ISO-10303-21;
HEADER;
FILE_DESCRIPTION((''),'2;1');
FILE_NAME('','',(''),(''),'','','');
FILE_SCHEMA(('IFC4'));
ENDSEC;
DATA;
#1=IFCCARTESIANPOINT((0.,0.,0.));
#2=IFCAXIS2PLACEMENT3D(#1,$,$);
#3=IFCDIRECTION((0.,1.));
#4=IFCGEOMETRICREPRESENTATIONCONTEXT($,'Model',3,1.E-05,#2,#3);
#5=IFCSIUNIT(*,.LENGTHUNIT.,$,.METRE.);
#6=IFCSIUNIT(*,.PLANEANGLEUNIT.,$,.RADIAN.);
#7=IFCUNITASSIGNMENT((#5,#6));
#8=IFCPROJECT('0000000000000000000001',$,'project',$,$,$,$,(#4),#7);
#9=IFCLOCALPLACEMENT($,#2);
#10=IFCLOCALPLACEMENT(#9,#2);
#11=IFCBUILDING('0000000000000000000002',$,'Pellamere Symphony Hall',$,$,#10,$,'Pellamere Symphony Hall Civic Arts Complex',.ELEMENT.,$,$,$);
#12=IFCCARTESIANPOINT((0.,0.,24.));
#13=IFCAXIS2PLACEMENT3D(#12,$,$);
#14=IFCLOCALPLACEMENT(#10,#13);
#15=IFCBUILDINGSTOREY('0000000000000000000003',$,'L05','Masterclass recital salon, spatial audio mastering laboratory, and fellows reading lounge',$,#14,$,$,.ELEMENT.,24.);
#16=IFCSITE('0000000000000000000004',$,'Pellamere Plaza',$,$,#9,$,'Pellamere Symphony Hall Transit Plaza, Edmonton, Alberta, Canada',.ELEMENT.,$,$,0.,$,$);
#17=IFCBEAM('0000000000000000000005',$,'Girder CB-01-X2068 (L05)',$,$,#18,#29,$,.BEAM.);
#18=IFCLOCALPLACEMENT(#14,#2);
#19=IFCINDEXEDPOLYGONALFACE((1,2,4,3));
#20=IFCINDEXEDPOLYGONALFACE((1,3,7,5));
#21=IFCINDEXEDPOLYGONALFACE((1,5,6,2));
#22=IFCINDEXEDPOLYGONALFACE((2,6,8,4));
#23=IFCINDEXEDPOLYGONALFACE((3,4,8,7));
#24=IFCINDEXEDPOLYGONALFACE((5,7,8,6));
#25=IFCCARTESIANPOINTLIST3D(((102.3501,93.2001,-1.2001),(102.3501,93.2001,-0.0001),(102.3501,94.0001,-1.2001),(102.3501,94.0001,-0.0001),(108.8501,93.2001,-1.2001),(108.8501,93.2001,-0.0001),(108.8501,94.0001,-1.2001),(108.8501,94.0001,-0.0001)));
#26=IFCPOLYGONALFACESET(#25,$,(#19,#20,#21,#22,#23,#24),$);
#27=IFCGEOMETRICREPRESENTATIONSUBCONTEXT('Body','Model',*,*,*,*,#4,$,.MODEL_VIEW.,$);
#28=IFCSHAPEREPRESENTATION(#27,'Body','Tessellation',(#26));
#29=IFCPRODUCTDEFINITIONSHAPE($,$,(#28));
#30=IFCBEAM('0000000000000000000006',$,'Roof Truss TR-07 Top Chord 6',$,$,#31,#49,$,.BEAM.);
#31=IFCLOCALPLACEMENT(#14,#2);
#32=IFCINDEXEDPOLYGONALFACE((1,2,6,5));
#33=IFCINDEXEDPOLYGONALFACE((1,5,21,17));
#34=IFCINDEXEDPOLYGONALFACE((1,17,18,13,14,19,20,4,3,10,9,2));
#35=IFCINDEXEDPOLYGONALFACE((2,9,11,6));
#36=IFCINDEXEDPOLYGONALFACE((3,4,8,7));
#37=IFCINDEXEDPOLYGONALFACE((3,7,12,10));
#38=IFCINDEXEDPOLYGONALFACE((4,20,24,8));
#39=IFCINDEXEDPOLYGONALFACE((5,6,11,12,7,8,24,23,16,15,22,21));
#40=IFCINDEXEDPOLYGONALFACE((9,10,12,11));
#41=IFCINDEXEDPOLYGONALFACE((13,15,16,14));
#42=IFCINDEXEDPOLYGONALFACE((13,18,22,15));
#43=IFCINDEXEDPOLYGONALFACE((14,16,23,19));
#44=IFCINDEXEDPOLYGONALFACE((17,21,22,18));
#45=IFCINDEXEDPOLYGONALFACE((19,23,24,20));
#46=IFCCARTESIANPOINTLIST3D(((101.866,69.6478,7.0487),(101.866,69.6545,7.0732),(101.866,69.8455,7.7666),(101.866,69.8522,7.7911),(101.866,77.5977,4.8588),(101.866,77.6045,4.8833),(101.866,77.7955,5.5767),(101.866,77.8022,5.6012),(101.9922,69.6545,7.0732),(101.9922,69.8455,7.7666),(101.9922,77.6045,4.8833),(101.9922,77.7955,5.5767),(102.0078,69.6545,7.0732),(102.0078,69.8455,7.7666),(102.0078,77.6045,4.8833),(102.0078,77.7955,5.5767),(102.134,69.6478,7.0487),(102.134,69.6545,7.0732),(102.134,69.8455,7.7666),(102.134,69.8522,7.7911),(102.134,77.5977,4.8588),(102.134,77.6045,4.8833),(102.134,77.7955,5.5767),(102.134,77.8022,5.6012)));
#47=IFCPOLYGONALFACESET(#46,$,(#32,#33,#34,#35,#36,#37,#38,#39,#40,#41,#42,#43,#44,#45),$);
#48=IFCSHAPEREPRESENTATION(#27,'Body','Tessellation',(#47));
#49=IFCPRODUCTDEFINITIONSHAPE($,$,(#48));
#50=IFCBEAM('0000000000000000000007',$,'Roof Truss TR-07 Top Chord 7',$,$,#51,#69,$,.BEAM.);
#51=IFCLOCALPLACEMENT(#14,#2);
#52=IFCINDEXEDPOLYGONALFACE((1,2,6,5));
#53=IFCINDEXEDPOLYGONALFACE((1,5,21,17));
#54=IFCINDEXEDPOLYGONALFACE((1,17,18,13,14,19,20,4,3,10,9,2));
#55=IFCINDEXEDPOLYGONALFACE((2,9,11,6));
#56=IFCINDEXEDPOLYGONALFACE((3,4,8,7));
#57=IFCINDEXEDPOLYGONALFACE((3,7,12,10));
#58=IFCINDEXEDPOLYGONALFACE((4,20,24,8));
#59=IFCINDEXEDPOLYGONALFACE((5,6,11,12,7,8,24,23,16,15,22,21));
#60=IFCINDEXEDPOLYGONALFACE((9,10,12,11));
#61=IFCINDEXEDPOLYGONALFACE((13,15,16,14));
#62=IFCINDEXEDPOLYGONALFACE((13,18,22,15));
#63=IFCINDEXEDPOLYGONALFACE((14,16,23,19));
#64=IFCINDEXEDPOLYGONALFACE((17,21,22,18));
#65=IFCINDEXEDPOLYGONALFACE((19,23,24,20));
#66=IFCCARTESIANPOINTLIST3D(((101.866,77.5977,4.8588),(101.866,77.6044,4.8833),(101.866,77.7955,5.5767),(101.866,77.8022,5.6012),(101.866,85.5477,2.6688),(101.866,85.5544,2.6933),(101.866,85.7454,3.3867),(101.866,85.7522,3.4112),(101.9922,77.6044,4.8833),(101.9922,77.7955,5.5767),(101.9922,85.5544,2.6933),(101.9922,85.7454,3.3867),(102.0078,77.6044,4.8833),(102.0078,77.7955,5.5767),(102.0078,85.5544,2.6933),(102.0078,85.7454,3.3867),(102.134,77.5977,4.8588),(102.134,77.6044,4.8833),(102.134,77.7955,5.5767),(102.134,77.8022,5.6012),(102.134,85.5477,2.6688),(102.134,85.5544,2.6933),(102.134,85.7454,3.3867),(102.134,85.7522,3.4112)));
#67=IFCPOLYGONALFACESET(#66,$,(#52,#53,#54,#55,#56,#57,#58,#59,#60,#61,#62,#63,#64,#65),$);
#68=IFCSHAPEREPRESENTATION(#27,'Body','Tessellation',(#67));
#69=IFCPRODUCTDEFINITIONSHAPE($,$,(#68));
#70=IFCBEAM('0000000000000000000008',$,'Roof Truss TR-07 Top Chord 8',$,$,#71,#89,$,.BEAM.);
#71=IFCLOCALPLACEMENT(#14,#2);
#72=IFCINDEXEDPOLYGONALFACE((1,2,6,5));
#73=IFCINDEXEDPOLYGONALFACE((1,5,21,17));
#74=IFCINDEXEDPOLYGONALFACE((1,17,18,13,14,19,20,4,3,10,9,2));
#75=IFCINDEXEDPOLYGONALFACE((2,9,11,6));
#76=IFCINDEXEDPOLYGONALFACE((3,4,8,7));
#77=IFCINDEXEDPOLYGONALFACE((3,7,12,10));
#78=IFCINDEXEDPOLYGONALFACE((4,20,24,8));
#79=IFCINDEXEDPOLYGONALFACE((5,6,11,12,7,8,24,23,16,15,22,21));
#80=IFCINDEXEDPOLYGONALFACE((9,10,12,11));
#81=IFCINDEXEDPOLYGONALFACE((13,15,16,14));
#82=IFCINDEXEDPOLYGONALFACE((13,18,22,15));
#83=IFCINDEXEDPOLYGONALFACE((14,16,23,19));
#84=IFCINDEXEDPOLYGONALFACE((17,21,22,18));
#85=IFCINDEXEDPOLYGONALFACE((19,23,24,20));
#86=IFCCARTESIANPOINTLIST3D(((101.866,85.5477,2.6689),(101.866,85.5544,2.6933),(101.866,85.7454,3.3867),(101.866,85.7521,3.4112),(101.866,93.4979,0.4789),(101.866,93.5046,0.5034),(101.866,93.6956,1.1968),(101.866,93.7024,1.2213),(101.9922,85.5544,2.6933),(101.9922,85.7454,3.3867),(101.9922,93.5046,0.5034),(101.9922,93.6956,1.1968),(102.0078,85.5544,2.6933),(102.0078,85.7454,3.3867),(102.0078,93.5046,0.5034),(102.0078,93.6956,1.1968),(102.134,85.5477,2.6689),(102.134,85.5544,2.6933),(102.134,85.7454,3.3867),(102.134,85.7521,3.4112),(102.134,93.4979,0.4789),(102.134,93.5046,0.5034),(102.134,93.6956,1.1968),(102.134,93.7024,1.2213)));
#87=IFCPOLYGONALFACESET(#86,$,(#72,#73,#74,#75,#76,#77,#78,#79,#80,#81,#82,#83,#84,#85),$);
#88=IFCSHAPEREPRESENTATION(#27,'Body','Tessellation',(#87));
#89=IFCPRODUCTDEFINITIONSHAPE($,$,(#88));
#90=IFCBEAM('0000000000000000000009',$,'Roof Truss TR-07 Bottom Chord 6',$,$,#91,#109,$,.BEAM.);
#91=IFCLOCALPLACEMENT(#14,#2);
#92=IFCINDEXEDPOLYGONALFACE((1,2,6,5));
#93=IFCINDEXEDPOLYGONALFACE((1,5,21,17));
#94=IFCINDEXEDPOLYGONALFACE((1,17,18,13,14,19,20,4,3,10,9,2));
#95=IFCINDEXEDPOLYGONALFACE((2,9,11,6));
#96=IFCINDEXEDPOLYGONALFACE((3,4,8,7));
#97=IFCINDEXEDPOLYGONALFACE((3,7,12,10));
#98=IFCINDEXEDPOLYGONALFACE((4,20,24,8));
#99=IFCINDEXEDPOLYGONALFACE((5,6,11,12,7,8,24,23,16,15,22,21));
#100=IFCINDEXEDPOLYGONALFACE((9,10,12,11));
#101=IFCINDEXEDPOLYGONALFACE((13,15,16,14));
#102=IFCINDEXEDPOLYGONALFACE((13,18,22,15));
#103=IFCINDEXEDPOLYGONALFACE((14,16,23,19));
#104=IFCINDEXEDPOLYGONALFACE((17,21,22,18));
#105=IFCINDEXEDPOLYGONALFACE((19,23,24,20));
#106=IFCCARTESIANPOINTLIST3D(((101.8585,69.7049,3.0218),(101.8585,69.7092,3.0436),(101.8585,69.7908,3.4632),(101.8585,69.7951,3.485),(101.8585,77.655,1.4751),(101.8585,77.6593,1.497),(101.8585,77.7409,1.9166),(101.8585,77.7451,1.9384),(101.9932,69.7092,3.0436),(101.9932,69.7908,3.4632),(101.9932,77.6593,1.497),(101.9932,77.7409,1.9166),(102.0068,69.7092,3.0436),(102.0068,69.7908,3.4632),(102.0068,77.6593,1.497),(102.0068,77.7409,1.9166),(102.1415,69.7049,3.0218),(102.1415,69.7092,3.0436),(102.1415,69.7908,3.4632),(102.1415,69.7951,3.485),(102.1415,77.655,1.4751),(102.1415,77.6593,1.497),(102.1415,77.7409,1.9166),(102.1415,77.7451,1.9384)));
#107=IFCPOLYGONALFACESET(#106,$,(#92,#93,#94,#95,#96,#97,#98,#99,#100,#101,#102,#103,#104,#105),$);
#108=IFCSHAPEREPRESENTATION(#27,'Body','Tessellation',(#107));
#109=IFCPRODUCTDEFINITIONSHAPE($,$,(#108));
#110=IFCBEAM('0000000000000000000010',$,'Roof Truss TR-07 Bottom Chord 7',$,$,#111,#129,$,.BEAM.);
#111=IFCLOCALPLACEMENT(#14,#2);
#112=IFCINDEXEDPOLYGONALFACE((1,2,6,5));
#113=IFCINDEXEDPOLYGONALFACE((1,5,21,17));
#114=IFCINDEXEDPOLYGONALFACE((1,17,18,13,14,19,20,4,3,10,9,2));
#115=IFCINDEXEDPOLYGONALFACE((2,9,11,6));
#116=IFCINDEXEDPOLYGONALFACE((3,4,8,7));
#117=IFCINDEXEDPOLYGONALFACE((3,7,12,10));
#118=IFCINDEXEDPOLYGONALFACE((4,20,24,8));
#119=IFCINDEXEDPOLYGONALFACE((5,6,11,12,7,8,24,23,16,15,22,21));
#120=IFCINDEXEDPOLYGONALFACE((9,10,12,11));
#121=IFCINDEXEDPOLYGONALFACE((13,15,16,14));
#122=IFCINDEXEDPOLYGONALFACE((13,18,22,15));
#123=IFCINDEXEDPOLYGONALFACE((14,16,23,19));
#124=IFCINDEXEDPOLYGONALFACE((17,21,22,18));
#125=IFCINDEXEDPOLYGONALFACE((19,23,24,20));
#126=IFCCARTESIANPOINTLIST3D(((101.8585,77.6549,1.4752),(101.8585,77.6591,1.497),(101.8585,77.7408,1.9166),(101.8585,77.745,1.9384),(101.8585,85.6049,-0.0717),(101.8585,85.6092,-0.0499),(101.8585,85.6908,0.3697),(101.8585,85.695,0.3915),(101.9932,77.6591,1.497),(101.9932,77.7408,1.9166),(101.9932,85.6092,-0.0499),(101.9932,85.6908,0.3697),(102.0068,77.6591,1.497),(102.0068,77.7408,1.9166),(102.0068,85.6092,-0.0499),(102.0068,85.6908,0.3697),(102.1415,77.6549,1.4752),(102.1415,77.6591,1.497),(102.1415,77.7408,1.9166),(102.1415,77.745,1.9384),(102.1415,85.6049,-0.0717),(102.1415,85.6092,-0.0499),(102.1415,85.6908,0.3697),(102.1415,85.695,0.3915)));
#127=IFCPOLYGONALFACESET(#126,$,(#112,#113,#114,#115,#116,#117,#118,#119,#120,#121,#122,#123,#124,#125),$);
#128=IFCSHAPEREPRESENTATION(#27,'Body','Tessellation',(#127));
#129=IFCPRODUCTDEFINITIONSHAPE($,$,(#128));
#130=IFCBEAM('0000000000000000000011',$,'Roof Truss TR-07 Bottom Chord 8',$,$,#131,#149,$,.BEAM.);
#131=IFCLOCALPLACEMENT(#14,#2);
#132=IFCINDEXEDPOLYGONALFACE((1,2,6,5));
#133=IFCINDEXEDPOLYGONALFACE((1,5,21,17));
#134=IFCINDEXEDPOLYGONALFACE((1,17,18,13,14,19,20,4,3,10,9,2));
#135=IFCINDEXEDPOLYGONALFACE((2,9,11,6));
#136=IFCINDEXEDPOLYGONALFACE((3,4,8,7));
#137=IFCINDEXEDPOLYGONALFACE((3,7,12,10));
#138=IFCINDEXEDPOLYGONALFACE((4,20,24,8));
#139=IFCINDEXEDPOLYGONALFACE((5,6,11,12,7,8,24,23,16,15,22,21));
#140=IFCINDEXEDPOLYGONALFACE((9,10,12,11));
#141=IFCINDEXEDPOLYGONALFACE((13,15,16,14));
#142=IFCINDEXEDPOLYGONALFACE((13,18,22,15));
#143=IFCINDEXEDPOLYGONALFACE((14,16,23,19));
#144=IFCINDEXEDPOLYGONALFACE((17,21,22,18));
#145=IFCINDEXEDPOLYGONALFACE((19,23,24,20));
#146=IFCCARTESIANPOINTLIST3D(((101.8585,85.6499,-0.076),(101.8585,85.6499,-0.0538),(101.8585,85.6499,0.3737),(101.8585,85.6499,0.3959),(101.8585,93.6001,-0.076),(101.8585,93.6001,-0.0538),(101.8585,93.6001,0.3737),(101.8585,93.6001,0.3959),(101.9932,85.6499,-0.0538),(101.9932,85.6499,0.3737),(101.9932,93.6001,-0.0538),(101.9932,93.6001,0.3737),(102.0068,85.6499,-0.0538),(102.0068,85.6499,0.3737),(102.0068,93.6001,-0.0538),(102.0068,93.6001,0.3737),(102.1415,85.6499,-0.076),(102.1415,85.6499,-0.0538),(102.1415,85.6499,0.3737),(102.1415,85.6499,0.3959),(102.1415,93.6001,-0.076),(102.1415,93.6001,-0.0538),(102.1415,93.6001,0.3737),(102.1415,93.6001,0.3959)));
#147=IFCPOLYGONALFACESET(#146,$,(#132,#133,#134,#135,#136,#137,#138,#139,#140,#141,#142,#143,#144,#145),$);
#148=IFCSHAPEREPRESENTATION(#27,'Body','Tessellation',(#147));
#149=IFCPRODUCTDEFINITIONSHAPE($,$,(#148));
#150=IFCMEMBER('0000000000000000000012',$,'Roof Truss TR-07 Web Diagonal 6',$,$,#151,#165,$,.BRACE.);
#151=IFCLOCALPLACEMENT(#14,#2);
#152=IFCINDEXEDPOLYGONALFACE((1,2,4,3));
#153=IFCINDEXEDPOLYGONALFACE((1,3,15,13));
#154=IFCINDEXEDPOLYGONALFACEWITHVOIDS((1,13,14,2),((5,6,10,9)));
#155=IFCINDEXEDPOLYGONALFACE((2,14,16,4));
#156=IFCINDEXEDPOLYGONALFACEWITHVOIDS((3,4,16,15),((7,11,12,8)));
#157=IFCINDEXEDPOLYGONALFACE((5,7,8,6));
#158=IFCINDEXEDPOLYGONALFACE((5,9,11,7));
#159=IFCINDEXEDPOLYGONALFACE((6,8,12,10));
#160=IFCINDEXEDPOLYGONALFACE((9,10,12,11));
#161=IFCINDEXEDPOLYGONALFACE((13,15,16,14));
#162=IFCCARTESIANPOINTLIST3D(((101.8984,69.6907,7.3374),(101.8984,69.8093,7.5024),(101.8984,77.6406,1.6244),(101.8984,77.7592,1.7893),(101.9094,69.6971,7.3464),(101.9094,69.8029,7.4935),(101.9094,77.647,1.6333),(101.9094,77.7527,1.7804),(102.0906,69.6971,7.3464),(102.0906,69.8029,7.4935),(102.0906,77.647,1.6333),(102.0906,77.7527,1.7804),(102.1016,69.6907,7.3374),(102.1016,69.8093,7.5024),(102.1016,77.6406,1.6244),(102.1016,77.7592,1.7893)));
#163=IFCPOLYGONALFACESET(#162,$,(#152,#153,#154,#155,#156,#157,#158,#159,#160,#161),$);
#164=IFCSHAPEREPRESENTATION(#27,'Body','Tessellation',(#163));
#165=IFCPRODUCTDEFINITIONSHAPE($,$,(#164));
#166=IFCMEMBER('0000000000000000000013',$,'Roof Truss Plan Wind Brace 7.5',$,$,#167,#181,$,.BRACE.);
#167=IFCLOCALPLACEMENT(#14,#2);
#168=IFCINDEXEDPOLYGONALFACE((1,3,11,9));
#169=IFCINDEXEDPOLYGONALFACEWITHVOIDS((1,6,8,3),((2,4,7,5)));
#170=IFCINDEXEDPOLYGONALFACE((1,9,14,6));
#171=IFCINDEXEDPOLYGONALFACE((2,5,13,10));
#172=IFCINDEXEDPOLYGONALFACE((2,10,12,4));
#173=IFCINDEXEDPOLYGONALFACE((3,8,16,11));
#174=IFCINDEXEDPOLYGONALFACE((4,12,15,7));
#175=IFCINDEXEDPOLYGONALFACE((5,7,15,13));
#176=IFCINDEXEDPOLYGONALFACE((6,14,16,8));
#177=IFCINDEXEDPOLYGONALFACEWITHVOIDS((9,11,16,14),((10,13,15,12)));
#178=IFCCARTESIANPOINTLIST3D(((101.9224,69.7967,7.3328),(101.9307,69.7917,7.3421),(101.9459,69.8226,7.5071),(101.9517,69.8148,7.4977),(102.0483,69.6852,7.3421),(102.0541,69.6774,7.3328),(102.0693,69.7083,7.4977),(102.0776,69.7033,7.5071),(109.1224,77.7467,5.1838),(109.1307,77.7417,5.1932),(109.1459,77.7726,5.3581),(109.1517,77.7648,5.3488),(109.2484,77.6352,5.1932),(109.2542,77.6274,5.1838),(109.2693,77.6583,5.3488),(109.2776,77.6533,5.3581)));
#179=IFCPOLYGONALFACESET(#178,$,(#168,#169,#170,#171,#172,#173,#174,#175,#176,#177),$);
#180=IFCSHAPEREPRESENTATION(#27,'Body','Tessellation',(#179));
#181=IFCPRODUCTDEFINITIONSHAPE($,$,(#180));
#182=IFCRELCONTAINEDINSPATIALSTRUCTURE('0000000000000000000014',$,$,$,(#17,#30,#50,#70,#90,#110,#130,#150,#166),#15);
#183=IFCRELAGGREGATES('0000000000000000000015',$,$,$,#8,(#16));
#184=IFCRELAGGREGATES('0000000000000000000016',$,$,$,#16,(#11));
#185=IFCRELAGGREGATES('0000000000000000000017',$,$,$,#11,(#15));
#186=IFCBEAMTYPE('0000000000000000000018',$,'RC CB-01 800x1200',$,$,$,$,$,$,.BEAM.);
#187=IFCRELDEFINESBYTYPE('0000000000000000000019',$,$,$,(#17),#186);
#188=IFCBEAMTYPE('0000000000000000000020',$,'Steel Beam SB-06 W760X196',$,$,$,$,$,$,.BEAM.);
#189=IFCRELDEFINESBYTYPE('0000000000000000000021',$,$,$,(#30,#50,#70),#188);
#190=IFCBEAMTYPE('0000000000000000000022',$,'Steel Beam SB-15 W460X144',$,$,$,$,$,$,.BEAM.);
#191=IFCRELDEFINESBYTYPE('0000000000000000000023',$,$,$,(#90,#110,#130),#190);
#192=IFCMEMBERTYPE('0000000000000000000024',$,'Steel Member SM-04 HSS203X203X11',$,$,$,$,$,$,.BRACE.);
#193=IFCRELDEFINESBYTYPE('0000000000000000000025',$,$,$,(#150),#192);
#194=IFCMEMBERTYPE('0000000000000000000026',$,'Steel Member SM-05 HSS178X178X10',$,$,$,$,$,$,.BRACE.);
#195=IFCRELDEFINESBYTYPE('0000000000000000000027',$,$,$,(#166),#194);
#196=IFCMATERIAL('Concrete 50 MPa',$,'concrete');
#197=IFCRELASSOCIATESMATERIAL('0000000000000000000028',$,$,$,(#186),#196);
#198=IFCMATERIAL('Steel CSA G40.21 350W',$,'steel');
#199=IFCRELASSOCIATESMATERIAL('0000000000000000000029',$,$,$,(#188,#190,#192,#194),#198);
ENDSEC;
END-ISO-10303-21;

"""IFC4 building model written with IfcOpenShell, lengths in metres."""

from ifc_helpers import new_model, si_unit, direction, frame, origin, origin_2d, place, context, subcontext, project, spatial, rectangle, hollow_rectangle, i_section, extrude, material, material_profile, profile_set, type_object, element, save


model = new_model("IFC4")

# Units and contexts
model_context = context("Model", 3, precision=1e-05, world=origin(), true_north=direction((0.0, 1.0)))
body_context = subcontext(model_context, "Body", "Model", "MODEL_VIEW")
ifc_project = project(units=[si_unit("LENGTHUNIT", "METRE"), si_unit("PLANEANGLEUNIT", "RADIAN")], contexts=[model_context])

# Site, building, storey
site_placement = place(None, origin())
site = spatial("IfcSite", under=ifc_project, at=site_placement, Name="Pellamere Plaza", LongName="Pellamere Symphony Hall Transit Plaza, Edmonton, Alberta, Canada", CompositionType="ELEMENT", RefElevation=0.0)
building_placement = place(site_placement, origin())
building = spatial("IfcBuilding", under=site, at=building_placement, Name="Pellamere Symphony Hall", LongName="Pellamere Symphony Hall Civic Arts Complex", CompositionType="ELEMENT")
storey_placement = place(building_placement, frame((0.0, 0.0, 24.0)))
storey = spatial("IfcBuildingStorey", under=building, at=storey_placement, Name="L05", Description="Masterclass recital salon, spatial audio mastering laboratory, and fellows reading lounge", CompositionType="ELEMENT", Elevation=24.0)

# Beams
ifc_material_1 = material(Name="Concrete 50 MPa", Category="concrete")
ifc_material_profile_1 = material_profile(ifc_material_1, rectangle(XDim=0.8, YDim=1.2, at=origin_2d()), Name="RC 800x1200")
ifc_profile_set_1 = profile_set([ifc_material_profile_1], Name="Concrete 50 MPa")
beam_type_1 = type_object("IfcBeamType", Name="RC CB-01 800x1200", PredefinedType="BEAM", material=ifc_profile_set_1)
beam_1_placement = place(storey_placement, frame((102.3501, 93.6001, -0.6001), z_axis=(1.0, 0.0, 0.0), x_axis=(0.0, 1.0, 0.0)))
element("IfcBeam", 1, at=beam_1_placement, inside=storey, type_object=beam_type_1, Name="Girder CB-01-X2068 (L05)", PredefinedType="BEAM", context=body_context, shape_type="SweptSolid", body=[
    extrude(rectangle(XDim=0.8, YDim=1.2, at=origin_2d()), origin(), (0.0, 0.0, 1.0), 6.5),
])
ifc_material_2 = material(Name="Steel CSA G40.21 350W", Category="steel")
ifc_material_profile_2 = material_profile(ifc_material_2, i_section(OverallWidth=0.2681, OverallDepth=0.77, WebThickness=0.0156, FlangeThickness=0.0254, at=origin_2d()), Name="W760X196")
ifc_profile_set_2 = profile_set([ifc_material_profile_2], Name="Steel CSA G40.21 350W")
beam_type_2 = type_object("IfcBeamType", Name="Steel Beam SB-06 W760X196", PredefinedType="BEAM", material=ifc_profile_set_2)
for number, where, z_axis, x_axis, name in (
    (2, (102.0, 69.75, 7.4199), (0.0, 0.96409, -0.265574), (-1.0, 0.0, 0.0), "Roof Truss TR-07 Top Chord 6"),
    (3, (102.0, 77.7, 5.23), (0.0, 0.96409, -0.265574), (-1.0, 0.0, 0.0), "Roof Truss TR-07 Top Chord 7"),
):
    element("IfcBeam", number, at=place(storey_placement, frame(where, z_axis=z_axis, x_axis=x_axis)), inside=storey, type_object=beam_type_2, Name=name, PredefinedType="BEAM", context=body_context, shape_type="SweptSolid", body=[
        extrude(i_section(OverallWidth=0.2681, OverallDepth=0.77, WebThickness=0.0156, FlangeThickness=0.0254, at=origin_2d()), origin(), (0.0, 0.0, 1.0), 8.2461),
    ])
beam_2_placement = place(storey_placement, frame((102.0, 85.6499, 3.04), z_axis=(0.0, 0.964093, -0.265567), x_axis=(-1.0, 0.0, 0.0)))
element("IfcBeam", 4, at=beam_2_placement, inside=storey, type_object=beam_type_2, Name="Roof Truss TR-07 Top Chord 8", PredefinedType="BEAM", context=body_context, shape_type="SweptSolid", body=[
    extrude(i_section(OverallWidth=0.2681, OverallDepth=0.77, WebThickness=0.0156, FlangeThickness=0.0254, at=origin_2d()), origin(), (0.0, 0.0, 1.0), 8.2463),
])
ifc_material_profile_3 = material_profile(ifc_material_2, i_section(OverallWidth=0.283, OverallDepth=0.4719, WebThickness=0.0137, FlangeThickness=0.0222, at=origin_2d()), Name="W460X144")
ifc_profile_set_3 = profile_set([ifc_material_profile_3], Name="Steel CSA G40.21 350W")
beam_type_3 = type_object("IfcBeamType", Name="Steel Beam SB-15 W460X144", PredefinedType="BEAM", material=ifc_profile_set_3)
for number, where, z_axis, x_axis, name in (
    (5, (102.0, 69.75, 3.2534), (0.0, 0.981597, -0.190966), (-1.0, 0.0, 0.0), "Roof Truss TR-07 Bottom Chord 6"),
    (6, (102.0, 77.7, 1.7068), (0.0, 0.981591, -0.190995), (-1.0, 0.0, 0.0), "Roof Truss TR-07 Bottom Chord 7"),
):
    element("IfcBeam", number, at=place(storey_placement, frame(where, z_axis=z_axis, x_axis=x_axis)), inside=storey, type_object=beam_type_3, Name=name, PredefinedType="BEAM", context=body_context, shape_type="SweptSolid", body=[
        extrude(i_section(OverallWidth=0.283, OverallDepth=0.4719, WebThickness=0.0137, FlangeThickness=0.0222, at=origin_2d()), origin(), (0.0, 0.0, 1.0), 8.0991),
    ])
beam_3_placement = place(storey_placement, frame((102.0, 85.6499, 0.1599), z_axis=(0.0, 1.0, 0.0), x_axis=(-1.0, 0.0, 0.0)))
element("IfcBeam", 7, at=beam_3_placement, inside=storey, type_object=beam_type_3, Name="Roof Truss TR-07 Bottom Chord 8", PredefinedType="BEAM", context=body_context, shape_type="SweptSolid", body=[
    extrude(i_section(OverallWidth=0.283, OverallDepth=0.4719, WebThickness=0.0137, FlangeThickness=0.0222, at=origin_2d()), origin(), (0.0, 0.0, 1.0), 7.9502),
])

# Members
ifc_material_profile_4 = material_profile(ifc_material_2, hollow_rectangle(XDim=0.2031, YDim=0.2031, WallThickness=0.011, at=origin_2d()), Name="HSS203X203X11")
ifc_profile_set_4 = profile_set([ifc_material_profile_4], Name="Steel CSA G40.21 350W")
member_type_1 = type_object("IfcMemberType", Name="Steel Member SM-04 HSS203X203X11", PredefinedType="BRACE", material=ifc_profile_set_4)
member_1_placement = place(storey_placement, frame((102.0, 69.75, 7.4199), z_axis=(0.0, 0.812059, -0.583576), x_axis=(-1.0, 0.0, 0.0)))
element("IfcMember", 8, at=member_1_placement, inside=storey, type_object=member_type_1, Name="Roof Truss TR-07 Web Diagonal 6", PredefinedType="BRACE", context=body_context, shape_type="SweptSolid", body=[
    extrude(hollow_rectangle(XDim=0.2031, YDim=0.2031, WallThickness=0.011, at=origin_2d()), origin(), (0.0, 0.0, 1.0), 9.7898),
])
ifc_material_profile_5 = material_profile(ifc_material_2, hollow_rectangle(XDim=0.1777, YDim=0.1777, WallThickness=0.0095, at=origin_2d()), Name="HSS178X178X10")
ifc_profile_set_5 = profile_set([ifc_material_profile_5], Name="Steel CSA G40.21 350W")
member_type_2 = type_object("IfcMemberType", Name="Steel Member SM-05 HSS178X178X10", PredefinedType="BRACE", material=ifc_profile_set_5)
for number, where, z_axis, x_axis, name in (
    (9, (102.0, 69.75, 7.4199), (0.658199, 0.726762, -0.196449), (-0.741205, 0.671279, 0.0), "Roof Truss Plan Wind Brace 7.5"),
):
    element("IfcMember", number, at=place(storey_placement, frame(where, z_axis=z_axis, x_axis=x_axis)), inside=storey, type_object=member_type_2, Name=name, PredefinedType="BRACE", context=body_context, shape_type="SweptSolid", body=[
        extrude(hollow_rectangle(XDim=0.1777, YDim=0.1777, WallThickness=0.0095, at=origin_2d()), origin(), (0.0, 0.0, 1.0), 10.939),
    ])

save(model, "model.ifc")
